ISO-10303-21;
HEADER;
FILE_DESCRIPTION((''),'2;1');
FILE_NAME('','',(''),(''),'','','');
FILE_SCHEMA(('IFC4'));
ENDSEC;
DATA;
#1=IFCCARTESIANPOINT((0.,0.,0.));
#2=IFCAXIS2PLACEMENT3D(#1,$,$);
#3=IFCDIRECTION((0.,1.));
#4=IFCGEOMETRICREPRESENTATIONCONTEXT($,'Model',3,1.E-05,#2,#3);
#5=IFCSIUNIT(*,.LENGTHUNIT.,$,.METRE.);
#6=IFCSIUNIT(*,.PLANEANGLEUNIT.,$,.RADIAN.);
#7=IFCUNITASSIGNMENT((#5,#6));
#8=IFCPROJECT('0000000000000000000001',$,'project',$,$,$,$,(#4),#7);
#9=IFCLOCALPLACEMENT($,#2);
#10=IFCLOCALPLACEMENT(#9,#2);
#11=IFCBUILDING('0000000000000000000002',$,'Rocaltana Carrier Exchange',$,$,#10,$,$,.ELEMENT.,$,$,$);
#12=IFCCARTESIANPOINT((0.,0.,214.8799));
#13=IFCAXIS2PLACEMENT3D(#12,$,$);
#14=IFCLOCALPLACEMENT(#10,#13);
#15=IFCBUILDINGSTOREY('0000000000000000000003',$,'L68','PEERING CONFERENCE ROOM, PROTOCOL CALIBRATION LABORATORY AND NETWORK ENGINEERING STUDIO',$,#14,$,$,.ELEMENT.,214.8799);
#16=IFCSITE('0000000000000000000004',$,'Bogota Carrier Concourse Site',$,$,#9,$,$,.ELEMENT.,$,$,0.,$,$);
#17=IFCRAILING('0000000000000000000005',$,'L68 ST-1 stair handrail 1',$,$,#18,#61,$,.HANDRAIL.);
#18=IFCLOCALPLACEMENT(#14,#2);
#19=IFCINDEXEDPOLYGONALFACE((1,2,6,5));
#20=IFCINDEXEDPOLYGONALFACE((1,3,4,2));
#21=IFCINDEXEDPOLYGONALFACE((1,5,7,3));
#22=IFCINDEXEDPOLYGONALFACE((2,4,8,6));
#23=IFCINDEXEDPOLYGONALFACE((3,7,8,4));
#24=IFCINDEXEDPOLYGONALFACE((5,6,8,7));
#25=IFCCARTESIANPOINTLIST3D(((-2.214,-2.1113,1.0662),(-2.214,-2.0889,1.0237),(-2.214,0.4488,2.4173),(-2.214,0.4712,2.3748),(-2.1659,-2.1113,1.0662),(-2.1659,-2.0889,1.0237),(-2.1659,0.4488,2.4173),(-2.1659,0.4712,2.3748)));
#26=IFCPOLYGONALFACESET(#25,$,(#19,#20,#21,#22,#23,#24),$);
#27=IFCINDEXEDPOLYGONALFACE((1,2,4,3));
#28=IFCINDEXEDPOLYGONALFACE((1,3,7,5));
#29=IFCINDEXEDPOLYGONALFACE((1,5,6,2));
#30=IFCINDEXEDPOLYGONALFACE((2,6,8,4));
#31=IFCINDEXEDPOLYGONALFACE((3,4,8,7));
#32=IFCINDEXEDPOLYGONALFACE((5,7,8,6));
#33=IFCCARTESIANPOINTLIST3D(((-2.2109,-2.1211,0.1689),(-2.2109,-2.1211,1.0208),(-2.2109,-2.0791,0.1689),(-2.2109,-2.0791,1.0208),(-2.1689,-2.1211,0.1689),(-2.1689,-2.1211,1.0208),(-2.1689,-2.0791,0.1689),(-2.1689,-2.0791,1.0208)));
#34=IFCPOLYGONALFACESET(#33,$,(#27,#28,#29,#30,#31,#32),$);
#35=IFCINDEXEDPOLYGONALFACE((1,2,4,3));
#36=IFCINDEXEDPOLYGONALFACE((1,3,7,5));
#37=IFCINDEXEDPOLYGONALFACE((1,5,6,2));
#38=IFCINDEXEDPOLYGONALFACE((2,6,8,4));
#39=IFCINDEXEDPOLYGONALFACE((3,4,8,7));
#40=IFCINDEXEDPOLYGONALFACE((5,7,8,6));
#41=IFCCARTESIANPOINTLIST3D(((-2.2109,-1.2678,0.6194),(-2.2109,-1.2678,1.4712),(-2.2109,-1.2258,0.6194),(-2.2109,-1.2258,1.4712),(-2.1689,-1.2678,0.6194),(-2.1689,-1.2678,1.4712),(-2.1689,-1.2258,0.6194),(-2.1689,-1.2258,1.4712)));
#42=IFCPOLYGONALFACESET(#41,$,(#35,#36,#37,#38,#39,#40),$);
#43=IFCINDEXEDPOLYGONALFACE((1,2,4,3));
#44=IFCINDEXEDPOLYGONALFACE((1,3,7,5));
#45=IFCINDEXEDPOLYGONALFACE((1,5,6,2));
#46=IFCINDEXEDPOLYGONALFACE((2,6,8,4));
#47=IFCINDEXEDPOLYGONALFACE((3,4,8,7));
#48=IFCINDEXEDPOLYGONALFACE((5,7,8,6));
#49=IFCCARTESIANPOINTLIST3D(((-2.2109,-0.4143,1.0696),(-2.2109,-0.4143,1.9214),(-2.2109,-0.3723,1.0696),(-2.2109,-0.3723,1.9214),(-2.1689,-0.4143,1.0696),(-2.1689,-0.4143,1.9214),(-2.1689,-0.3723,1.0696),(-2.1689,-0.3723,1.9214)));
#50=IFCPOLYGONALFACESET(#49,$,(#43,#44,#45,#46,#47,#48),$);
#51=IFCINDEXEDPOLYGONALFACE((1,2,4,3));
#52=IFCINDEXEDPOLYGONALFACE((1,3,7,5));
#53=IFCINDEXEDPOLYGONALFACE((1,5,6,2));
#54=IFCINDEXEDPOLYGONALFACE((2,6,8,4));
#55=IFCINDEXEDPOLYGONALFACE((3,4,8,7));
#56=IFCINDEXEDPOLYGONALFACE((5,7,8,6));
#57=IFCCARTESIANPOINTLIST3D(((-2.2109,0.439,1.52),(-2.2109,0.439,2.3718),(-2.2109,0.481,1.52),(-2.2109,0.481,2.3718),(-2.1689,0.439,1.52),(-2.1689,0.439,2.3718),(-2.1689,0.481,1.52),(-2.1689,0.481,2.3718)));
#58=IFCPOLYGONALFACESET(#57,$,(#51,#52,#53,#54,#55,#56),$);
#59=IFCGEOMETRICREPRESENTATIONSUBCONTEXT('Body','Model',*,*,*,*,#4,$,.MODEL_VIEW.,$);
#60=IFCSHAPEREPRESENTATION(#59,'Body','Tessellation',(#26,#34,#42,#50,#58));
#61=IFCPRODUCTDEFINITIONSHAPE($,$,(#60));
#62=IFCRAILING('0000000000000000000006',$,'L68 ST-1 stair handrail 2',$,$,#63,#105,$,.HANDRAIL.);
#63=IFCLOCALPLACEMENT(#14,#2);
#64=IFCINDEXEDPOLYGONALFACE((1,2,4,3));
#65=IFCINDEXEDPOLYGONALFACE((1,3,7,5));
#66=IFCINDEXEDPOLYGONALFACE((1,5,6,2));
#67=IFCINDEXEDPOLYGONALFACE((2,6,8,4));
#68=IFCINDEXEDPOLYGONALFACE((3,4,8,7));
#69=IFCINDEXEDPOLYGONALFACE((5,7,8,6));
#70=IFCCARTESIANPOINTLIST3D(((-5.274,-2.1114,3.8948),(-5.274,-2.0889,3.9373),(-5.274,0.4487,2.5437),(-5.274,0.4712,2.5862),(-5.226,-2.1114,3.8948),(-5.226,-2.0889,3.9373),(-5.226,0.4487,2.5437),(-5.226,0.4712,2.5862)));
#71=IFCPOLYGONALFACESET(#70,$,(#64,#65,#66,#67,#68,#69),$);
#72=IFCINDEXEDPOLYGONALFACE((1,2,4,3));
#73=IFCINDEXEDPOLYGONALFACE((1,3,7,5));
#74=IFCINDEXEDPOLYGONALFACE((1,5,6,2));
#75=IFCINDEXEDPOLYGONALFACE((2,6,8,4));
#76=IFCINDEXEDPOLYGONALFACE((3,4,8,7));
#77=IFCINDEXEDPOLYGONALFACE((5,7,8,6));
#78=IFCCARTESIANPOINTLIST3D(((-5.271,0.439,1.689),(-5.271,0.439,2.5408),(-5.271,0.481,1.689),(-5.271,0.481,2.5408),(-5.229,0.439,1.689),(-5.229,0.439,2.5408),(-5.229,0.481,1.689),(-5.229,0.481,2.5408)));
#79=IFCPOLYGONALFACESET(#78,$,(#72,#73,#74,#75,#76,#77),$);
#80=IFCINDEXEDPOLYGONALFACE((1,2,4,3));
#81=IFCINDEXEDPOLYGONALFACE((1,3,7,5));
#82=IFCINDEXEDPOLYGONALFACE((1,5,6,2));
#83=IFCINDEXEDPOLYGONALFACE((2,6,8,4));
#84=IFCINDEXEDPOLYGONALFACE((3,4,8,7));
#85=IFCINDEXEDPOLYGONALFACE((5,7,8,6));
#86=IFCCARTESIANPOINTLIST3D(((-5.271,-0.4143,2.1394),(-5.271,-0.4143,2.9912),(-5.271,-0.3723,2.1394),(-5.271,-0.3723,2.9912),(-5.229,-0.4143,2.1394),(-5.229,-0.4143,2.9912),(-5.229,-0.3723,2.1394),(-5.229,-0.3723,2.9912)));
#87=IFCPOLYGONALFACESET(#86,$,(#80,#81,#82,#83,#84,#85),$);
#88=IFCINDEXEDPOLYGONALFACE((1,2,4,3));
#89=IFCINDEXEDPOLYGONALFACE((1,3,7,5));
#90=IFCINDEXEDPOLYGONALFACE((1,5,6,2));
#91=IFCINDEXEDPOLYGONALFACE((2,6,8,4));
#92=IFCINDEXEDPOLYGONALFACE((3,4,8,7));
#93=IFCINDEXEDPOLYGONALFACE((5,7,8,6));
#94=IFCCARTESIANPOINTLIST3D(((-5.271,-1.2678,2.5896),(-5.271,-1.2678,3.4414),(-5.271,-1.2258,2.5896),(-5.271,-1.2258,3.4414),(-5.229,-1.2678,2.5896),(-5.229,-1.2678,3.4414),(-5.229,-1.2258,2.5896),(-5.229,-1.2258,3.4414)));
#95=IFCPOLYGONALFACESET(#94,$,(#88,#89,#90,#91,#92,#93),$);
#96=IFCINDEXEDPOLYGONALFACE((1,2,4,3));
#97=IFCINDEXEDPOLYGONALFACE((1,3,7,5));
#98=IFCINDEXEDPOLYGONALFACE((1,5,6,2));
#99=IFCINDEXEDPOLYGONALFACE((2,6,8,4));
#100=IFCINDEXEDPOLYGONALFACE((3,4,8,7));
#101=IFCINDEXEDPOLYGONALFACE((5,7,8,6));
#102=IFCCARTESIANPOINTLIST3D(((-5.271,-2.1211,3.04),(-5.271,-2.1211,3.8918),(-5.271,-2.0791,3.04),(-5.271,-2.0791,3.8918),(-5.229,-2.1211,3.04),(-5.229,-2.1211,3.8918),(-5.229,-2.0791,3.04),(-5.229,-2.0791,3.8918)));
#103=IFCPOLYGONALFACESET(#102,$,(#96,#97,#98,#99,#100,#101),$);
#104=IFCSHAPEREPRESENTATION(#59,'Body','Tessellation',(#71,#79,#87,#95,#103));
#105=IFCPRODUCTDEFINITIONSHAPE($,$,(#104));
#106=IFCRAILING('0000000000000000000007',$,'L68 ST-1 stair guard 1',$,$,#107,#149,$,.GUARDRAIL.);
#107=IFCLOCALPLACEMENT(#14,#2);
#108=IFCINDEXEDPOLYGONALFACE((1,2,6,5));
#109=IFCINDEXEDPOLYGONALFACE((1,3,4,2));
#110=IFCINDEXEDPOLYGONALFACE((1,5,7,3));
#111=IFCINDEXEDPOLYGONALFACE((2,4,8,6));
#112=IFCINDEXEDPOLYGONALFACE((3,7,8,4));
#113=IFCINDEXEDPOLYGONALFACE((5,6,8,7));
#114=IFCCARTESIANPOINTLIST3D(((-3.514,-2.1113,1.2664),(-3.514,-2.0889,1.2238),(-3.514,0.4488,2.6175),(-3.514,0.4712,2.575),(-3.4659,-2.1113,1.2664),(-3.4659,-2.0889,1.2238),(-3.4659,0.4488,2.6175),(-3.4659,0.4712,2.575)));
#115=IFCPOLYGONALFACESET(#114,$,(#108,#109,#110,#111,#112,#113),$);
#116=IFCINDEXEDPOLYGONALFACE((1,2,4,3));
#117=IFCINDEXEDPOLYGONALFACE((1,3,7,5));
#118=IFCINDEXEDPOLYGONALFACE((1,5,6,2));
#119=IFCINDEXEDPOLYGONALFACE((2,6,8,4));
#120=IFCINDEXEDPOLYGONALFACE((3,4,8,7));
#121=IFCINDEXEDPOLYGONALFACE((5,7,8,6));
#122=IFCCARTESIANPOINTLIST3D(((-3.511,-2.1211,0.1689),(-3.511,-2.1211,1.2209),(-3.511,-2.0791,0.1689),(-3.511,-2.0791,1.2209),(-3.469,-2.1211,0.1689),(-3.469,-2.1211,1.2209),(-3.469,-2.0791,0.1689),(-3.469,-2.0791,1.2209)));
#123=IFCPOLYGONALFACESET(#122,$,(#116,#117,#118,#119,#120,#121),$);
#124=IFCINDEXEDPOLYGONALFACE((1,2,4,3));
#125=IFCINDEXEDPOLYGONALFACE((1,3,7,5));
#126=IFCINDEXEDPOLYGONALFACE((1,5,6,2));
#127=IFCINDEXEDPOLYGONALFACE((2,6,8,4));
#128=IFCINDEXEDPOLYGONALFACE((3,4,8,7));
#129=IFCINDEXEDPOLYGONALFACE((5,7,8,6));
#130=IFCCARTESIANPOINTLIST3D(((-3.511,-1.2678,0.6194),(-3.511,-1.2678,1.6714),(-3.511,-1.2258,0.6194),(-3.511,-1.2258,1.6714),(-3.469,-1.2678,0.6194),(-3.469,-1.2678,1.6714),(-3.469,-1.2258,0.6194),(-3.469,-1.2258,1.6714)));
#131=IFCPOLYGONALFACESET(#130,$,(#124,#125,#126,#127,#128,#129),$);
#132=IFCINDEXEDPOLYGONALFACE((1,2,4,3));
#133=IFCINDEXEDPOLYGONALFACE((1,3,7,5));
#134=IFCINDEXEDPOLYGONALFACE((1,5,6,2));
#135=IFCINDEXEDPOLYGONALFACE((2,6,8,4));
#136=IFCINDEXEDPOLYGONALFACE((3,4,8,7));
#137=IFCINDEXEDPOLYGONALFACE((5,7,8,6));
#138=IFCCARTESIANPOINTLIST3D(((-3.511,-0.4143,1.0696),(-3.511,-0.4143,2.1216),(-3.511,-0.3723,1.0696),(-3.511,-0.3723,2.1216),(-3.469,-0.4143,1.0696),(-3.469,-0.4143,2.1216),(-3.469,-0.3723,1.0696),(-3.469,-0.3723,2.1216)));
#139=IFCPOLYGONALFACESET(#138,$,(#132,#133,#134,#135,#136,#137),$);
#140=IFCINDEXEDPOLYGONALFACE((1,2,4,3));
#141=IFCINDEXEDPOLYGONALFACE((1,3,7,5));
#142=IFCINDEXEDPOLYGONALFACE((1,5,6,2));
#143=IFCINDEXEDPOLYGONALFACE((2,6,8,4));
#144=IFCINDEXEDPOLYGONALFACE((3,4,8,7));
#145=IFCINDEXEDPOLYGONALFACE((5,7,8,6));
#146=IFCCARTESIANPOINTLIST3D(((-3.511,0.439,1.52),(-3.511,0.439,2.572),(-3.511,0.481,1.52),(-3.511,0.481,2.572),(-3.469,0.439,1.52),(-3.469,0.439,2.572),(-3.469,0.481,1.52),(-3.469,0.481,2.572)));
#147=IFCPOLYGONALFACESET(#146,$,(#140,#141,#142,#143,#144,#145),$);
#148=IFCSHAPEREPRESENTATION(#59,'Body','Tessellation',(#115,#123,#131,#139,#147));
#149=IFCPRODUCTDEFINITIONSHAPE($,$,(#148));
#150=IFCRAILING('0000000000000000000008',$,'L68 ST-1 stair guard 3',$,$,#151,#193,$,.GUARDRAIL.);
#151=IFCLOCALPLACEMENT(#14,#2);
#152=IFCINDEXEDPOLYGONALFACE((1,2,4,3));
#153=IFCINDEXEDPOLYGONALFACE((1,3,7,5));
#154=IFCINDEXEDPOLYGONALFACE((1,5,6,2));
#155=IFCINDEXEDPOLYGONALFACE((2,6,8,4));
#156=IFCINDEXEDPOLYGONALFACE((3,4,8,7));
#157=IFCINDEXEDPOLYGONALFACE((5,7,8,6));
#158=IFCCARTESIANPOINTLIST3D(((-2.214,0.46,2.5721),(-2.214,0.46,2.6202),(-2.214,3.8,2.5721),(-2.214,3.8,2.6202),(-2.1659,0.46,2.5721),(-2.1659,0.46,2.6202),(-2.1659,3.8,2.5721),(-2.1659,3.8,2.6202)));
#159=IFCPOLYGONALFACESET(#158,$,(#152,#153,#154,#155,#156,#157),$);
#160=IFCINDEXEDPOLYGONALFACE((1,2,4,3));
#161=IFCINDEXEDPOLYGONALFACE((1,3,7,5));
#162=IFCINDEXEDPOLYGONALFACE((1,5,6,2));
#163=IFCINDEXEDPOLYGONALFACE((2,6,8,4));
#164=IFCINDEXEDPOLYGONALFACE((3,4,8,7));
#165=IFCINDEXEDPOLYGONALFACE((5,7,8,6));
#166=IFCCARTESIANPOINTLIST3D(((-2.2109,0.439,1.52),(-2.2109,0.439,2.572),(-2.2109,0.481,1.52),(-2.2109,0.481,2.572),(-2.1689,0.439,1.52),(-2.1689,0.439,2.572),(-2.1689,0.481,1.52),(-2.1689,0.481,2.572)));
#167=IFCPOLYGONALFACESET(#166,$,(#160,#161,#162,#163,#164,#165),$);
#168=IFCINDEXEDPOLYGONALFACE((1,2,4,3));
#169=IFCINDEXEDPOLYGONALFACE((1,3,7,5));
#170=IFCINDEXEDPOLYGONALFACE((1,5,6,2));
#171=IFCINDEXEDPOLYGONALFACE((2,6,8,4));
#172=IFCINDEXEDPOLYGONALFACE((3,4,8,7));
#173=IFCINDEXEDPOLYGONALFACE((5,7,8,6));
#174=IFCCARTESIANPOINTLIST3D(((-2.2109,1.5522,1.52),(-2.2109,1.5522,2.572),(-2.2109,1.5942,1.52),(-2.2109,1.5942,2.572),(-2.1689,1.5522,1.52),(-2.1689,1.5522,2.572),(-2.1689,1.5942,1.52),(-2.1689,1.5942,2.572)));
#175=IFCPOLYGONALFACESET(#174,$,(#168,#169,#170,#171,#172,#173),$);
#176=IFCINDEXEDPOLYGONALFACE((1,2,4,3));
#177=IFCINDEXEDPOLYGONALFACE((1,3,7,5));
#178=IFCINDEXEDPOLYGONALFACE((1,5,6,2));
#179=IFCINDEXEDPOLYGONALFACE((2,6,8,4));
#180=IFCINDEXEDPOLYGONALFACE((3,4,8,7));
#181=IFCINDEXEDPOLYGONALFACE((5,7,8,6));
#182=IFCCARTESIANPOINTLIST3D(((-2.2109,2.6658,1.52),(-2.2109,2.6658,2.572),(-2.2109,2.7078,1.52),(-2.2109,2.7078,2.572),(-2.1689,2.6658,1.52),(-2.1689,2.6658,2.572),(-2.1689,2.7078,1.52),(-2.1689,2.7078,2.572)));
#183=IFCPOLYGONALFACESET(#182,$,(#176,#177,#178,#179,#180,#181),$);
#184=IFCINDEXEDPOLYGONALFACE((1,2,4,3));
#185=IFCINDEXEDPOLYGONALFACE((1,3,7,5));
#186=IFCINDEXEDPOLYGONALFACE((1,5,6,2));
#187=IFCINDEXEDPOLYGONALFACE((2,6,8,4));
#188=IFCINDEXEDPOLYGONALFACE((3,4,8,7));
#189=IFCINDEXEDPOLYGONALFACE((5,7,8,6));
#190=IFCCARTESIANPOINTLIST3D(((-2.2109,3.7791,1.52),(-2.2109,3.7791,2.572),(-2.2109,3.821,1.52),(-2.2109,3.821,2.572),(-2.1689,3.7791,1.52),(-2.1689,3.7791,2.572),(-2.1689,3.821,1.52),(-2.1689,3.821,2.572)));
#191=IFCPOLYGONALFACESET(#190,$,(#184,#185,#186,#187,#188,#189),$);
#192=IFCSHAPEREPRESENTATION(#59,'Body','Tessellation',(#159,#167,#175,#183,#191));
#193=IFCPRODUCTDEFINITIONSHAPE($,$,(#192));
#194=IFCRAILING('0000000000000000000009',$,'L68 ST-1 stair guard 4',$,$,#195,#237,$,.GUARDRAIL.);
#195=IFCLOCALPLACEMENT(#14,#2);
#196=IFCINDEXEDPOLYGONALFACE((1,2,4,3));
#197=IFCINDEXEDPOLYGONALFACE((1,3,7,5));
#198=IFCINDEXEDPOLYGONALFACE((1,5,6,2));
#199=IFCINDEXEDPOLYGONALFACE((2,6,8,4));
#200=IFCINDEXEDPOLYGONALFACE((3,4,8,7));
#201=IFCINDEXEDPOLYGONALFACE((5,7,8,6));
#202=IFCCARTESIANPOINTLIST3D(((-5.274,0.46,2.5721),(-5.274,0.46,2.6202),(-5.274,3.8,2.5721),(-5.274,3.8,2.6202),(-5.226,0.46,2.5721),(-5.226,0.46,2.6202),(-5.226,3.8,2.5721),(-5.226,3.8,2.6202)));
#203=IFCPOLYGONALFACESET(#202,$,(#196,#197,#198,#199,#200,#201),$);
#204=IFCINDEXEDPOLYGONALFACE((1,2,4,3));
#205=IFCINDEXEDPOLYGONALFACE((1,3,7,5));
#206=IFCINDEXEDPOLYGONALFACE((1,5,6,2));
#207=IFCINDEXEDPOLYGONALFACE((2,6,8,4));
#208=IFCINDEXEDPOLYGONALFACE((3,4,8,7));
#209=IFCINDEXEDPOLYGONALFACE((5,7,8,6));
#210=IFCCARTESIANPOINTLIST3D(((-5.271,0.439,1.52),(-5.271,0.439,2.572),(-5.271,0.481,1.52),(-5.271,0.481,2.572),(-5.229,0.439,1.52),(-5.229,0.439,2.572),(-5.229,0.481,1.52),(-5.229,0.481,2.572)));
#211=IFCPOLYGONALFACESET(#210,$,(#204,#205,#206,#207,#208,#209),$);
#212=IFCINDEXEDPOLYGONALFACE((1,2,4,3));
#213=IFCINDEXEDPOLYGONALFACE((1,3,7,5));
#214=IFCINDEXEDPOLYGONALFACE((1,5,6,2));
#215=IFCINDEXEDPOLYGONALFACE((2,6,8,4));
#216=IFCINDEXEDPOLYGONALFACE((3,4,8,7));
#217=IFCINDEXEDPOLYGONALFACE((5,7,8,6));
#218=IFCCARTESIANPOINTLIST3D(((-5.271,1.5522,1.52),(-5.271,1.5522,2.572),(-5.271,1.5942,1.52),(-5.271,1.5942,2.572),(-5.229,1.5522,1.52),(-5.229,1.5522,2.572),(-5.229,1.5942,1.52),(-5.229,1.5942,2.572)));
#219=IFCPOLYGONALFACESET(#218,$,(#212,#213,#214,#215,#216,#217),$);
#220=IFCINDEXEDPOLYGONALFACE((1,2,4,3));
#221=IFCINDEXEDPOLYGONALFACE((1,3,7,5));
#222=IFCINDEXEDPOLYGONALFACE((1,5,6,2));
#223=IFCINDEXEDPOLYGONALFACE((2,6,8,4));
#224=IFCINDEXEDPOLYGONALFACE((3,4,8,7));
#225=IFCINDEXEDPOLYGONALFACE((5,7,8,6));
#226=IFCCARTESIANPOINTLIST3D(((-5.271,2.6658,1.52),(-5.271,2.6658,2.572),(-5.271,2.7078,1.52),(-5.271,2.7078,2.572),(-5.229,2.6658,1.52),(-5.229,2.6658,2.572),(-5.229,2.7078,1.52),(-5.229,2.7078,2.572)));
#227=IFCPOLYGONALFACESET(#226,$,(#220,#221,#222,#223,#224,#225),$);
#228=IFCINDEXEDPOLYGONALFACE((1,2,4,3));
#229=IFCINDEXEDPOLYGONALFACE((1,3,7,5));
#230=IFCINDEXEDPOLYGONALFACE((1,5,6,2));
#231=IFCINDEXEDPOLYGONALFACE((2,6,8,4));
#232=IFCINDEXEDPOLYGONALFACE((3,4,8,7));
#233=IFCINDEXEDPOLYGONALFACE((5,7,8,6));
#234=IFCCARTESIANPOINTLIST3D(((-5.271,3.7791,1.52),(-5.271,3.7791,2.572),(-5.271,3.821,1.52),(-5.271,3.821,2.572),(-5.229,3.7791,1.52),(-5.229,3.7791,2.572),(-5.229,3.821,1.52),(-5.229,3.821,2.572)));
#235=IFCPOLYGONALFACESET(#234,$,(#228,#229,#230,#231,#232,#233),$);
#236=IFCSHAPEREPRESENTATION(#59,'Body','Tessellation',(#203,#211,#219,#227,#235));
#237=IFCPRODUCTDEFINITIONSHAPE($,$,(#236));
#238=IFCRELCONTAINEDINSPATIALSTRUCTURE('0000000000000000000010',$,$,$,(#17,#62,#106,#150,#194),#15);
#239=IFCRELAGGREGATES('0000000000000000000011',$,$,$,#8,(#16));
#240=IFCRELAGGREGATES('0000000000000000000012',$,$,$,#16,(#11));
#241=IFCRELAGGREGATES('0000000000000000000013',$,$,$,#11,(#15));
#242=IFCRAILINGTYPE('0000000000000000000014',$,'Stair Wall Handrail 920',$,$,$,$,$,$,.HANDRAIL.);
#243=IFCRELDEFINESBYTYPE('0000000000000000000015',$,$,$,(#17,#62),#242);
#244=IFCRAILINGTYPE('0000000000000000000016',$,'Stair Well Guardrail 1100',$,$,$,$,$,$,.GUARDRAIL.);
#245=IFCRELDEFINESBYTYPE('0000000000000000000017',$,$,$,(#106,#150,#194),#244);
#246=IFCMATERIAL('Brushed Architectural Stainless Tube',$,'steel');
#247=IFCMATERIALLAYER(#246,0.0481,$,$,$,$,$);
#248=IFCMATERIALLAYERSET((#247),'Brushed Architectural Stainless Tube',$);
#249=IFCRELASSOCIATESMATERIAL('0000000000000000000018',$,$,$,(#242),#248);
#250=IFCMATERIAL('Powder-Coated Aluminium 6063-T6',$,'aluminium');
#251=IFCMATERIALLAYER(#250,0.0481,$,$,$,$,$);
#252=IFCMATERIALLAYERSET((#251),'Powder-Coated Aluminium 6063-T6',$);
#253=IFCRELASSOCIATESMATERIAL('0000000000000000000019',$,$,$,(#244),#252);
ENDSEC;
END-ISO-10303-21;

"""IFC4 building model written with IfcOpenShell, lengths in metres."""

from ifc_helpers import new_model, si_unit, direction, frame, origin, origin_2d, place, context, subcontext, project, spatial, rectangle, extrude, material, layer, layer_set, type_object, element, save


model = new_model("IFC4")

# Units and contexts
model_context = context("Model", 3, precision=1e-05, world=origin(), true_north=direction((0.0, 1.0)))
body_context = subcontext(model_context, "Body", "Model", "MODEL_VIEW")
ifc_project = project(units=[si_unit("LENGTHUNIT", "METRE"), si_unit("PLANEANGLEUNIT", "RADIAN")], contexts=[model_context])

# Site, building, storey
site_placement = place(None, origin())
site = spatial("IfcSite", under=ifc_project, at=site_placement, Name="Bogota Carrier Concourse Site", CompositionType="ELEMENT", RefElevation=0.0)
building_placement = place(site_placement, origin())
building = spatial("IfcBuilding", under=site, at=building_placement, Name="Rocaltana Carrier Exchange", CompositionType="ELEMENT")
storey_placement = place(building_placement, frame((0.0, 0.0, 214.8799)))
storey = spatial("IfcBuildingStorey", under=building, at=storey_placement, Name="L68", Description="PEERING CONFERENCE ROOM, PROTOCOL CALIBRATION LABORATORY AND NETWORK ENGINEERING STUDIO", CompositionType="ELEMENT", Elevation=214.8799)

# Railings
ifc_material_1 = material(Name="Brushed Architectural Stainless Tube", Category="steel")
ifc_layer_1 = layer(ifc_material_1, 0.0481)
ifc_layer_set_1 = layer_set([ifc_layer_1], Name="Brushed Architectural Stainless Tube")
railing_type_1 = type_object("IfcRailingType", Name="Stair Wall Handrail 920", PredefinedType="HANDRAIL", material=ifc_layer_set_1)
railing_1_placement = place(storey_placement, frame((-2.1899, -2.1001, 0.1689)))
element("IfcRailing", 1, at=railing_1_placement, inside=storey, type_object=railing_type_1, Name="L68 ST-1 stair handrail 1", PredefinedType="HANDRAIL", context=body_context, shape_type="SweptSolid", body=[
    extrude(rectangle(XDim=0.0481, YDim=0.0481, at=origin_2d()), frame((0.0, 0.0, 0.876), z_axis=(0.0, 0.884394, 0.46674), x_axis=(-1.0, 0.0, 0.0)), (0.0, 0.0, 1.0), 2.8948),
    extrude(rectangle(XDim=0.042, YDim=0.042, at=origin_2d()), origin(), (0.0, 0.0, 1.0), 0.8518),
    extrude(rectangle(XDim=0.042, YDim=0.042, at=origin_2d()), frame((0.0, 0.8533, 0.4504)), (0.0, 0.0, 1.0), 0.8518),
    extrude(rectangle(XDim=0.042, YDim=0.042, at=origin_2d()), frame((0.0, 1.7068, 0.9006)), (0.0, 0.0, 1.0), 0.8518),
    extrude(rectangle(XDim=0.042, YDim=0.042, at=origin_2d()), frame((0.0, 2.5601, 1.3511)), (0.0, 0.0, 1.0), 0.8518),
])
railing_2_placement = place(storey_placement, frame((-5.25, 0.46, 1.689)))
element("IfcRailing", 2, at=railing_2_placement, inside=storey, type_object=railing_type_1, Name="L68 ST-1 stair handrail 2", PredefinedType="HANDRAIL", context=body_context, shape_type="SweptSolid", body=[
    extrude(rectangle(XDim=0.0481, YDim=0.0481, at=origin_2d()), frame((0.0, 0.0, 0.876), z_axis=(0.0, -0.884394, 0.46674), x_axis=(1.0, 0.0, 0.0)), (0.0, 0.0, 1.0), 2.8948),
    extrude(rectangle(XDim=0.042, YDim=0.042, at=origin_2d()), origin(), (0.0, 0.0, 1.0), 0.8518),
    extrude(rectangle(XDim=0.042, YDim=0.042, at=origin_2d()), frame((0.0, -0.8533, 0.4504)), (0.0, 0.0, 1.0), 0.8518),
    extrude(rectangle(XDim=0.042, YDim=0.042, at=origin_2d()), frame((0.0, -1.7068, 0.9006)), (0.0, 0.0, 1.0), 0.8518),
    extrude(rectangle(XDim=0.042, YDim=0.042, at=origin_2d()), frame((0.0, -2.5601, 1.3511)), (0.0, 0.0, 1.0), 0.8518),
])
ifc_material_2 = material(Name="Powder-Coated Aluminium 6063-T6", Category="aluminium")
ifc_layer_2 = layer(ifc_material_2, 0.0481)
ifc_layer_set_2 = layer_set([ifc_layer_2], Name="Powder-Coated Aluminium 6063-T6")
railing_type_2 = type_object("IfcRailingType", Name="Stair Well Guardrail 1100", PredefinedType="GUARDRAIL", material=ifc_layer_set_2)
railing_3_placement = place(storey_placement, frame((-3.49, -2.1001, 0.1689)))
element("IfcRailing", 3, at=railing_3_placement, inside=storey, type_object=railing_type_2, Name="L68 ST-1 stair guard 1", PredefinedType="GUARDRAIL", context=body_context, shape_type="SweptSolid", body=[
    extrude(rectangle(XDim=0.0481, YDim=0.0481, at=origin_2d()), frame((0.0, 0.0, 1.0762), z_axis=(0.0, 0.884394, 0.46674), x_axis=(-1.0, 0.0, 0.0)), (0.0, 0.0, 1.0), 2.8948),
    extrude(rectangle(XDim=0.042, YDim=0.042, at=origin_2d()), origin(), (0.0, 0.0, 1.0), 1.052),
    extrude(rectangle(XDim=0.042, YDim=0.042, at=origin_2d()), frame((0.0, 0.8533, 0.4504)), (0.0, 0.0, 1.0), 1.052),
    extrude(rectangle(XDim=0.042, YDim=0.042, at=origin_2d()), frame((0.0, 1.7068, 0.9006)), (0.0, 0.0, 1.0), 1.052),
    extrude(rectangle(XDim=0.042, YDim=0.042, at=origin_2d()), frame((0.0, 2.5601, 1.3511)), (0.0, 0.0, 1.0), 1.052),
])
for number, where, name in (
    (4, (-2.1899, 0.46, 1.52), "L68 ST-1 stair guard 3"),
    (5, (-5.25, 0.46, 1.52), "L68 ST-1 stair guard 4"),
):
    element("IfcRailing", number, at=place(storey_placement, frame(where)), inside=storey, type_object=railing_type_2, Name=name, PredefinedType="GUARDRAIL", context=body_context, shape_type="SweptSolid", body=[
        extrude(rectangle(XDim=0.0481, YDim=0.0481, at=origin_2d()), frame((0.0, 0.0, 1.0762), z_axis=(0.0, 1.0, 0.0), x_axis=(-1.0, 0.0, 0.0)), (0.0, 0.0, 1.0), 3.3401),
        extrude(rectangle(XDim=0.042, YDim=0.042, at=origin_2d()), origin(), (0.0, 0.0, 1.0), 1.052),
        extrude(rectangle(XDim=0.042, YDim=0.042, at=origin_2d()), frame((0.0, 1.1133, 0.0)), (0.0, 0.0, 1.0), 1.052),
        extrude(rectangle(XDim=0.042, YDim=0.042, at=origin_2d()), frame((0.0, 2.2268, 0.0)), (0.0, 0.0, 1.0), 1.052),
        extrude(rectangle(XDim=0.042, YDim=0.042, at=origin_2d()), frame((0.0, 3.3401, 0.0)), (0.0, 0.0, 1.0), 1.052),
    ])

save(model, "model.ifc")
